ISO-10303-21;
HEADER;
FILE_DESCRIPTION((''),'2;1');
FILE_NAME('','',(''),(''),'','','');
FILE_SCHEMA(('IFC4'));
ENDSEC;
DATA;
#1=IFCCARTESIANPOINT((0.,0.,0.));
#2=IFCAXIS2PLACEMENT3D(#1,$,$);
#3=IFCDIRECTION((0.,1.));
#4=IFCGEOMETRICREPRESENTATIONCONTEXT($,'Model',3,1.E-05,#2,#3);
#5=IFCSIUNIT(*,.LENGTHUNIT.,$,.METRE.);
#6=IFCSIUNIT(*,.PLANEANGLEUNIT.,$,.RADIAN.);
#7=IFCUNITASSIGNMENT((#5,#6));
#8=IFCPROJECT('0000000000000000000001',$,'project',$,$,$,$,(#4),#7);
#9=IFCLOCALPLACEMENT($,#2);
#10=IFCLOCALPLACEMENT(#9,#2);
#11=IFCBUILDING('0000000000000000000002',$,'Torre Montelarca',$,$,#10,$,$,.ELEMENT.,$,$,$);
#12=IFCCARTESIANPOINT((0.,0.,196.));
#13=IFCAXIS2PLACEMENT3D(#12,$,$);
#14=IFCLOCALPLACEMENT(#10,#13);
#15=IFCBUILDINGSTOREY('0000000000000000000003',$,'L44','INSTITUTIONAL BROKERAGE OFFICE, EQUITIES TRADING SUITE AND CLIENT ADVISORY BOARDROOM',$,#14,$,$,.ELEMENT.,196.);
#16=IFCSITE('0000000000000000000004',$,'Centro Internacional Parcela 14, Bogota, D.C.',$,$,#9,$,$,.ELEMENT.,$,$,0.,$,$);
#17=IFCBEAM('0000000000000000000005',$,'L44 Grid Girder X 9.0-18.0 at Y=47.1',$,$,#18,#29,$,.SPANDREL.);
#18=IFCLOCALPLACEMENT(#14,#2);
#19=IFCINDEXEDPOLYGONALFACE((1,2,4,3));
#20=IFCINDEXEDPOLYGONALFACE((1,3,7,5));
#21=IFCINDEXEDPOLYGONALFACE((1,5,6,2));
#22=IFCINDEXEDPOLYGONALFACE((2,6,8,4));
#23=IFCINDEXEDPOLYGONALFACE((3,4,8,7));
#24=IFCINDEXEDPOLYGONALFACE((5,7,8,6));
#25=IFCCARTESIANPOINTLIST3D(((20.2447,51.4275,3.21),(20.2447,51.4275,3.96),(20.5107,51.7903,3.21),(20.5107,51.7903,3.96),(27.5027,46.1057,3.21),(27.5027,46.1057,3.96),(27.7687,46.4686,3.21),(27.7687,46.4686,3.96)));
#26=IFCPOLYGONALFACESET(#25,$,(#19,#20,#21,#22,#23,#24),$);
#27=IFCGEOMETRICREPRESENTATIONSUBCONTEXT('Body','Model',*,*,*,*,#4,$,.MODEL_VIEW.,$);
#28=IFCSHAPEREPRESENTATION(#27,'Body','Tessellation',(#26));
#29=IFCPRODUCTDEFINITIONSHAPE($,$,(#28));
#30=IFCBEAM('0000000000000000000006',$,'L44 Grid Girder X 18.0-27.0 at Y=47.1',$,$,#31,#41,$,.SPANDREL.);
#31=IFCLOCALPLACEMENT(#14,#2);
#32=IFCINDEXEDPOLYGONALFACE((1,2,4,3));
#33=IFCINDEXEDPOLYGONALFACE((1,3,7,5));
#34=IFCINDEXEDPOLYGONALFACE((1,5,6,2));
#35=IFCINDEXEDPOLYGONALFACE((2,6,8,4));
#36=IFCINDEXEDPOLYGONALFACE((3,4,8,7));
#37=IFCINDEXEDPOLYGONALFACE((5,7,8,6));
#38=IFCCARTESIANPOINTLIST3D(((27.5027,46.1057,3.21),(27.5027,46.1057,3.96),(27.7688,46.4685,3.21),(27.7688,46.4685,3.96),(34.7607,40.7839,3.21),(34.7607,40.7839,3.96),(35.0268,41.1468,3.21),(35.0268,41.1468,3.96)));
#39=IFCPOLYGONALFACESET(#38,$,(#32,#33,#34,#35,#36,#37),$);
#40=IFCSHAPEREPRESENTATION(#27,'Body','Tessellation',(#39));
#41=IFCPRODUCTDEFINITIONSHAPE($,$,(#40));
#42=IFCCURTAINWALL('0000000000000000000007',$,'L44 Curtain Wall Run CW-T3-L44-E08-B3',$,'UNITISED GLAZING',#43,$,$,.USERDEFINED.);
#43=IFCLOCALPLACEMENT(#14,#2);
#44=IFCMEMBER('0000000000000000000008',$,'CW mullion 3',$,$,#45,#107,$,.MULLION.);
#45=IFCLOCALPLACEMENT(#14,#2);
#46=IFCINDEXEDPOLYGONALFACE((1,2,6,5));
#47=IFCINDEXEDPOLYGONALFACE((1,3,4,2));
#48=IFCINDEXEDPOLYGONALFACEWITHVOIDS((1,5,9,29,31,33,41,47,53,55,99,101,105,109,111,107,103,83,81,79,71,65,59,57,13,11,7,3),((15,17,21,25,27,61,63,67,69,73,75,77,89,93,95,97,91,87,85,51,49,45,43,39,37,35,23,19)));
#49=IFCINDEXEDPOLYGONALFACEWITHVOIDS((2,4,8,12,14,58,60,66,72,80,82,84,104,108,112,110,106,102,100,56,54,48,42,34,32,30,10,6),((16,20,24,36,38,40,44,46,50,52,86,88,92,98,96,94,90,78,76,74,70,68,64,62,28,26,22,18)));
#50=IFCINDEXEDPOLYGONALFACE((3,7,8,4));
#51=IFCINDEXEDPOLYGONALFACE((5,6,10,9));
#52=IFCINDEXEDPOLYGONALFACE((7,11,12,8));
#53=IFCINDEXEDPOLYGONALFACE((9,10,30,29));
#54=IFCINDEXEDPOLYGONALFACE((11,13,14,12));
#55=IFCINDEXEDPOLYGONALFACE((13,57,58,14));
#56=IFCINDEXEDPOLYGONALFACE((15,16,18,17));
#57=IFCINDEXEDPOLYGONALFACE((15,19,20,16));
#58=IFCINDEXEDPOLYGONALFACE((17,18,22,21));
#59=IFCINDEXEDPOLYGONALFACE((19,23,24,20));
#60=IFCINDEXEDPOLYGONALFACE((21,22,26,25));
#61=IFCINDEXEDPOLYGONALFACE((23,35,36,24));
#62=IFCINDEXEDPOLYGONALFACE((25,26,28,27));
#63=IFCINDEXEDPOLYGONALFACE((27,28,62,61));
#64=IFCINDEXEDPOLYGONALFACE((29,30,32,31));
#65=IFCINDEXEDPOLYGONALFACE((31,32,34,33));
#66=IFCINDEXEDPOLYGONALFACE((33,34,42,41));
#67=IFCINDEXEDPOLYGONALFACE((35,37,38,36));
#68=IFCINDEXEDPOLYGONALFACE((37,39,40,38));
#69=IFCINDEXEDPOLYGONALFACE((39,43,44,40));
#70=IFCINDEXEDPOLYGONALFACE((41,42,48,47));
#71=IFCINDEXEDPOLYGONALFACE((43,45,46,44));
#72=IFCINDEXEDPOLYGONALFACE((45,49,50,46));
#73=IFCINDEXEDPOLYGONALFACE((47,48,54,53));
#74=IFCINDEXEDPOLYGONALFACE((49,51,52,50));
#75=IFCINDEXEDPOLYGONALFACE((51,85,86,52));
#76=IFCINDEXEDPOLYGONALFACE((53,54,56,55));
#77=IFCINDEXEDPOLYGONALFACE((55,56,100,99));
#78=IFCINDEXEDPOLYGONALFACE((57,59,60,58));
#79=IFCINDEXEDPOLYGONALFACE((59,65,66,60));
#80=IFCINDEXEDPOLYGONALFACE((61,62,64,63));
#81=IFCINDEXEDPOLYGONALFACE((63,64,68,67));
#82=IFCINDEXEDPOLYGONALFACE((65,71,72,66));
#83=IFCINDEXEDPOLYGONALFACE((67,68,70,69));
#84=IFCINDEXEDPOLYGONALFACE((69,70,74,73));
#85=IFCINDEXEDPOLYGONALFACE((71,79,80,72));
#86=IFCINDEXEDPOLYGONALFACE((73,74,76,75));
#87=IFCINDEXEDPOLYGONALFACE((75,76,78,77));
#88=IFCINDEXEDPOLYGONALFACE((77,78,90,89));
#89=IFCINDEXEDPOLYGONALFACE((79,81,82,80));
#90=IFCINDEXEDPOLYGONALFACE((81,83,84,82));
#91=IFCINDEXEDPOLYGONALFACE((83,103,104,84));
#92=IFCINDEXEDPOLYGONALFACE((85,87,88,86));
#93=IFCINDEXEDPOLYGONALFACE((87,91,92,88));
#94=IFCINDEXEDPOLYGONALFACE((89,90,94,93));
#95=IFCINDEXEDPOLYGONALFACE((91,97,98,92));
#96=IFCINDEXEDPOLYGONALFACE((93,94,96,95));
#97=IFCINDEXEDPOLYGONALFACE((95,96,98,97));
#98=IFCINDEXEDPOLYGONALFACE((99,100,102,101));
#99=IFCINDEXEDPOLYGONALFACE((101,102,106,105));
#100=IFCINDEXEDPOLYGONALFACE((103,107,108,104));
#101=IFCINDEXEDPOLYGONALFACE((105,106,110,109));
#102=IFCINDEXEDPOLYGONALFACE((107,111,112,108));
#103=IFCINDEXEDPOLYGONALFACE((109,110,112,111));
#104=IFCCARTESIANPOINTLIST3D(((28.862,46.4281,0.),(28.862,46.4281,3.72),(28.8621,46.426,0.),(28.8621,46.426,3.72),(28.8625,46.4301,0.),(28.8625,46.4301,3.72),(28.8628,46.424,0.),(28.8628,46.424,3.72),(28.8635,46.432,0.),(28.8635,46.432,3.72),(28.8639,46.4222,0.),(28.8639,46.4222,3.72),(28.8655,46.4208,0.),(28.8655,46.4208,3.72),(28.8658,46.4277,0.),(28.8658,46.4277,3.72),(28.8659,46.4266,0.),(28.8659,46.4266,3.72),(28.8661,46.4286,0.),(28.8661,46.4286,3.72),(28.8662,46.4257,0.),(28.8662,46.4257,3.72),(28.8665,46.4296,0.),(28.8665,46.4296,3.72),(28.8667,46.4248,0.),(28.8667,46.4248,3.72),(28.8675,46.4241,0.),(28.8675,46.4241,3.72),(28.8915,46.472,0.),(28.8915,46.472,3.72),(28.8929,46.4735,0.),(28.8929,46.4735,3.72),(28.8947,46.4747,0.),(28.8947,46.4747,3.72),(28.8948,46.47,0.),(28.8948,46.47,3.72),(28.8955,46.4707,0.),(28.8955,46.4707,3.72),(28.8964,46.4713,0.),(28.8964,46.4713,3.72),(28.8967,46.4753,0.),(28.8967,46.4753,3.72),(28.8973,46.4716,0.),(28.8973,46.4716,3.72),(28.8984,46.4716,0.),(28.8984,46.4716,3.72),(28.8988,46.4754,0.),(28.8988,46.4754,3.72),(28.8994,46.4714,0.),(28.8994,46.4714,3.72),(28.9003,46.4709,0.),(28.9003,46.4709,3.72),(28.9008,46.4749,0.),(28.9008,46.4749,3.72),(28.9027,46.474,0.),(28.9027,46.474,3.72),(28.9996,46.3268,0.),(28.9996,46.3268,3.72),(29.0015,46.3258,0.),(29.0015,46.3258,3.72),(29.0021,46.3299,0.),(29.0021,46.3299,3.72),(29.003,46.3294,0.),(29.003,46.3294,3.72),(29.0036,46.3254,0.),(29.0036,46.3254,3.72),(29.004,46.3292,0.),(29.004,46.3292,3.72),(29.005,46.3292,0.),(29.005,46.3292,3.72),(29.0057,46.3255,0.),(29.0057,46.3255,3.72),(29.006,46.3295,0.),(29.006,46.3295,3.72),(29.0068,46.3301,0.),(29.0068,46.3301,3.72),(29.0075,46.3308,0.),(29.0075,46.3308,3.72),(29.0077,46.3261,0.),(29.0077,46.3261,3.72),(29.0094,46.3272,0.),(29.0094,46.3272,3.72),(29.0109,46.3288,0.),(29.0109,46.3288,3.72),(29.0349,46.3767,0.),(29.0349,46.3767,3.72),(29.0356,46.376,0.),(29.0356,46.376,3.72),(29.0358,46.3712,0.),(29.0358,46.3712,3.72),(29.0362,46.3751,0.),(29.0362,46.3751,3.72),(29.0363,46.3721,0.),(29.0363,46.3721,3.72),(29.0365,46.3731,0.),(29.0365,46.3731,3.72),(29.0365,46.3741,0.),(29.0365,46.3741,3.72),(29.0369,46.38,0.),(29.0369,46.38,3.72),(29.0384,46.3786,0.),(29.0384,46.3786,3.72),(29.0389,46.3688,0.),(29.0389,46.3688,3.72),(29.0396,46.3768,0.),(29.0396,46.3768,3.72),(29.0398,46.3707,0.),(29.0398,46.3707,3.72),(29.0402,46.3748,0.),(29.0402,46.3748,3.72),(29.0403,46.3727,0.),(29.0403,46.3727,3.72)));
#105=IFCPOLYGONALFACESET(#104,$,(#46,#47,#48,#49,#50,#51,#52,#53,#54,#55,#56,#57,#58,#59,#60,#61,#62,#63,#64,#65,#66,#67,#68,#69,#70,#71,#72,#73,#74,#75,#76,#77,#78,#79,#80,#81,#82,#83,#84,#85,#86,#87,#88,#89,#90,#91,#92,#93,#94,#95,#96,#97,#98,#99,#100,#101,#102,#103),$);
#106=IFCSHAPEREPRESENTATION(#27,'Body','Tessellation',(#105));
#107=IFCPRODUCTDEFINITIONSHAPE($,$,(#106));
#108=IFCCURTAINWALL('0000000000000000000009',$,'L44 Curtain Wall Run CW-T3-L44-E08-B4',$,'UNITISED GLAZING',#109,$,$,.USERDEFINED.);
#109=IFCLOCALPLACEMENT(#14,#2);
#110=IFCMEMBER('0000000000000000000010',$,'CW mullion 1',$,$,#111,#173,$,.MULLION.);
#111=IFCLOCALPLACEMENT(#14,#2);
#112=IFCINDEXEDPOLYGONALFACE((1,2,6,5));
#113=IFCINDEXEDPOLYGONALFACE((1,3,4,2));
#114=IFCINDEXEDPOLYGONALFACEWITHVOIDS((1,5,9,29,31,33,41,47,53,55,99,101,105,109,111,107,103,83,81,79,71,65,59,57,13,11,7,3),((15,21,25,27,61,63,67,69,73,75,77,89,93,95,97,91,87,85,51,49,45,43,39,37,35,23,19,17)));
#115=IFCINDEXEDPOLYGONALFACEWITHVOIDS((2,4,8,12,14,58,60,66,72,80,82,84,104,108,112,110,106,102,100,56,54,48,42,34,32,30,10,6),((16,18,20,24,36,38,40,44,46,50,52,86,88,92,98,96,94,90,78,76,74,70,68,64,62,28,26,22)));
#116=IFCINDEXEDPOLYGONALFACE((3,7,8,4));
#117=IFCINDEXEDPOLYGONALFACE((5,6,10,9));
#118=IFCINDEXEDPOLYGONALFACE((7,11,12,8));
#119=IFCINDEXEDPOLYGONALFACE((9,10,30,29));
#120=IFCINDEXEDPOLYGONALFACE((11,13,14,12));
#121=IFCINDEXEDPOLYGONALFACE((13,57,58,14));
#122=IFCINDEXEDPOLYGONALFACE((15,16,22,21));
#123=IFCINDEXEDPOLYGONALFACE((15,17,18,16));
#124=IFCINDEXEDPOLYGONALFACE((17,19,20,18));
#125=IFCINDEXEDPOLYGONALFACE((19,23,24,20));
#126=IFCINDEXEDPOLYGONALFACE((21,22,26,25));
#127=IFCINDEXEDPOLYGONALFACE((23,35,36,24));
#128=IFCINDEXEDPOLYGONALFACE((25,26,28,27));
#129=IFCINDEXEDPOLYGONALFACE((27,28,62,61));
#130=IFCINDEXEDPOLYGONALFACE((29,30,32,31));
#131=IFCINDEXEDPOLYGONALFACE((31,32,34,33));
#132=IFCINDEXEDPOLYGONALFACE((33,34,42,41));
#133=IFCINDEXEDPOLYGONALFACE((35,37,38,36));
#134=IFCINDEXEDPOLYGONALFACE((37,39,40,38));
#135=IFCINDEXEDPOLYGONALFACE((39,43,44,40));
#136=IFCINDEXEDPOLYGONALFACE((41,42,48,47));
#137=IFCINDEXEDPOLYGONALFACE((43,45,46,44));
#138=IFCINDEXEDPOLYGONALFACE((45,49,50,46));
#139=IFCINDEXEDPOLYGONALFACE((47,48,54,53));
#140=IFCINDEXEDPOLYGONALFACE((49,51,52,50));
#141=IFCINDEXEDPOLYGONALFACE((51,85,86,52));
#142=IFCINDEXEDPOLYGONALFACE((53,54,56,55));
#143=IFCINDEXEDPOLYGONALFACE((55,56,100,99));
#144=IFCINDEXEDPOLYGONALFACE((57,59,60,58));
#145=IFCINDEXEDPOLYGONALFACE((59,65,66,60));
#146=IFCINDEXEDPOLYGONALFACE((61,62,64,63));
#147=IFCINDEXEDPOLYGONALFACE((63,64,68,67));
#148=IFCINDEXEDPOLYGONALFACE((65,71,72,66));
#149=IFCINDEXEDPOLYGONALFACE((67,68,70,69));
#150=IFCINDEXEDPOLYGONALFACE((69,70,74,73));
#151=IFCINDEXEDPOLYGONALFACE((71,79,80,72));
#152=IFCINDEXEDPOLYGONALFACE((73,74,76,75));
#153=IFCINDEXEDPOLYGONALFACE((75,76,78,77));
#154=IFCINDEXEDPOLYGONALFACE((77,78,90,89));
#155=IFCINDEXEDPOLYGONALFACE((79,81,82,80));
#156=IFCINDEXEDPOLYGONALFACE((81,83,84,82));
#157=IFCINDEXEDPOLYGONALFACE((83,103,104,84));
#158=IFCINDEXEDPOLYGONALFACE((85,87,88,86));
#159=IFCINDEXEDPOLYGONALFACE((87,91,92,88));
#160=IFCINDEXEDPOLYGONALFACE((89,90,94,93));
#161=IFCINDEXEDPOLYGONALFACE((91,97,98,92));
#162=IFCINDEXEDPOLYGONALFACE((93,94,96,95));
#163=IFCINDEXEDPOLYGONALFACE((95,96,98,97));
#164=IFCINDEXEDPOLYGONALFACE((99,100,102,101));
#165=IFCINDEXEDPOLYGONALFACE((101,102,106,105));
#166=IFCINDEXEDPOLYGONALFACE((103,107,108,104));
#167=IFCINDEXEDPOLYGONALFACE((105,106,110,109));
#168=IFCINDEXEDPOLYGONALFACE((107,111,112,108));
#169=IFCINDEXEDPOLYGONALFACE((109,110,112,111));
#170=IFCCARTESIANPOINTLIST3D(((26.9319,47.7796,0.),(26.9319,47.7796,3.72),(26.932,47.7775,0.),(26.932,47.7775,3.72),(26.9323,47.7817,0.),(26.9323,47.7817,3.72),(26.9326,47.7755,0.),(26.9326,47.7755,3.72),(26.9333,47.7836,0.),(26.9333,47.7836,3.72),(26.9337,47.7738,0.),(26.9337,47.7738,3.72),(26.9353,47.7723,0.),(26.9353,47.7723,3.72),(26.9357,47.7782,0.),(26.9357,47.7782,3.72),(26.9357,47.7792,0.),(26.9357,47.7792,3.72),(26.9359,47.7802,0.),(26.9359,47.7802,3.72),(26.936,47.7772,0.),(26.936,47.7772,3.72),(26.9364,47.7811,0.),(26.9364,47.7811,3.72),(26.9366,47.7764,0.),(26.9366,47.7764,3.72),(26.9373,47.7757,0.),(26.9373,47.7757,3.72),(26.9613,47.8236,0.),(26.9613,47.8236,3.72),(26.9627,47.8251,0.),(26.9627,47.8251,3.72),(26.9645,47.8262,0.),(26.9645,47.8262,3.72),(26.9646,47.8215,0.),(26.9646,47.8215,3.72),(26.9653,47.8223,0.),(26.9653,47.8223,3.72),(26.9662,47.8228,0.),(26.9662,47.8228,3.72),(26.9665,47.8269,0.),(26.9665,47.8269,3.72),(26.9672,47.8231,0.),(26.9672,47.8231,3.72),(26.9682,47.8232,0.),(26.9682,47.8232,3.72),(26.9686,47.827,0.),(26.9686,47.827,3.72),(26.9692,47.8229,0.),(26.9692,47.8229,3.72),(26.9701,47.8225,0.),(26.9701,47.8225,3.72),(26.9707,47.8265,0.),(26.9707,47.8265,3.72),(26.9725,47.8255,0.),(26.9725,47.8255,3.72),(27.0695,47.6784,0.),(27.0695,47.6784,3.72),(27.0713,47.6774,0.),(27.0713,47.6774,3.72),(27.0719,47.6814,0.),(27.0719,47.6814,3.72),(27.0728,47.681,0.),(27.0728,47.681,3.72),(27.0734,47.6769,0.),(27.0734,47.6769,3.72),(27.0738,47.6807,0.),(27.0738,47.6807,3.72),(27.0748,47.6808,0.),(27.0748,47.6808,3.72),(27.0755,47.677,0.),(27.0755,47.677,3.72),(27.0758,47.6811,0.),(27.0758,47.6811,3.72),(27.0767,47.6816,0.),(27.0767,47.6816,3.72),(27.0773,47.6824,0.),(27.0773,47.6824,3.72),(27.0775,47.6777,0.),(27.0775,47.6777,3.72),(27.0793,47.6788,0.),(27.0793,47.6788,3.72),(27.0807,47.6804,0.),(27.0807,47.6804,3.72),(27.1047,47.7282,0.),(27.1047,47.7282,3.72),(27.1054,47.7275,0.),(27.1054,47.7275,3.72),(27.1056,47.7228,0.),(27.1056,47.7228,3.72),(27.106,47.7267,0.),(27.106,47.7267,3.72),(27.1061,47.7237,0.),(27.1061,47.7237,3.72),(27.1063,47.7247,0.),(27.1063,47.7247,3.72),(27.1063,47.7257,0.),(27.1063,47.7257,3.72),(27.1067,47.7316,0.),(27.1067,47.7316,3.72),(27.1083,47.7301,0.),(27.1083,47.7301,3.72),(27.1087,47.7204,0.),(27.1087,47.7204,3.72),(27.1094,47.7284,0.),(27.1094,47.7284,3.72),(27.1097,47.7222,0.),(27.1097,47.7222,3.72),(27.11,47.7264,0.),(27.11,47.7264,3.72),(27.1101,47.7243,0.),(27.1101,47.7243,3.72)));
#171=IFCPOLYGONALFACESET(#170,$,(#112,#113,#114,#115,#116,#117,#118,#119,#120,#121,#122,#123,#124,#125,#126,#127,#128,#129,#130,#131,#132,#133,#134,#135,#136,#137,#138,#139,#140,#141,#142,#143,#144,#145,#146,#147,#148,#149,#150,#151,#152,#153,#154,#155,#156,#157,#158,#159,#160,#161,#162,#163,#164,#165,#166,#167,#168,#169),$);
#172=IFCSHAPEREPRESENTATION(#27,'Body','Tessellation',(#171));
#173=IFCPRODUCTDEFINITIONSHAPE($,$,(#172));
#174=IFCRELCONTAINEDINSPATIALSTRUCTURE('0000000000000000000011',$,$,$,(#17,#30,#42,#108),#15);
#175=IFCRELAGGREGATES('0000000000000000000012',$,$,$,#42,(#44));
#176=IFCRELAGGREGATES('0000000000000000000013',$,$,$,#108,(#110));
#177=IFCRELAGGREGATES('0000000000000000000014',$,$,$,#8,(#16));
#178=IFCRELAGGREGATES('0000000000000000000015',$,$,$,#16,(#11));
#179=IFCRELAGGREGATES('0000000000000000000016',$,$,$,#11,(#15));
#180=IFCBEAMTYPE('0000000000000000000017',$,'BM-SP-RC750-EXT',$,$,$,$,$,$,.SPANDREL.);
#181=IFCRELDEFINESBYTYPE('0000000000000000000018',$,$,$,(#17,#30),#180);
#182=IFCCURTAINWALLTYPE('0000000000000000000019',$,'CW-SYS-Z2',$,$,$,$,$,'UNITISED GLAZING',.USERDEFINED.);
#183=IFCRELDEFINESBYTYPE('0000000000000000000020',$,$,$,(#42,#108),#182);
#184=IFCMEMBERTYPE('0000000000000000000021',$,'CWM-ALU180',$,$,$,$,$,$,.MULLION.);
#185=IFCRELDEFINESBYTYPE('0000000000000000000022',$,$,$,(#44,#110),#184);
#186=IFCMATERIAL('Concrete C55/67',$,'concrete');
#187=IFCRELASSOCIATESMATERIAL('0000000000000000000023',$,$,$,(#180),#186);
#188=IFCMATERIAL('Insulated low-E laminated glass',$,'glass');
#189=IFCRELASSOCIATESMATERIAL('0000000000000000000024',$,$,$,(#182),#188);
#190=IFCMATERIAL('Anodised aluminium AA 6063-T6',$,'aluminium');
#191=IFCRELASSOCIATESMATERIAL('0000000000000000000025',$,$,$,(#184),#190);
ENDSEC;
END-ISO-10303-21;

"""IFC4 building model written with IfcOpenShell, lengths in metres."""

from ifc_helpers import new_model, si_unit, direction, frame, origin, origin_2d, place, context, subcontext, project, spatial, rectangle, hollow_rectangle, extrude, source, transform, mapped, material, material_profile, profile_set, type_object, element, aggregate, save


model = new_model("IFC4")

# Units and contexts
model_context = context("Model", 3, precision=1e-05, world=origin(), true_north=direction((0.0, 1.0)))
body_context = subcontext(model_context, "Body", "Model", "MODEL_VIEW")
ifc_project = project(units=[si_unit("LENGTHUNIT", "METRE"), si_unit("PLANEANGLEUNIT", "RADIAN")], contexts=[model_context])

# Site, building, storey
site_placement = place(None, origin())
site = spatial("IfcSite", under=ifc_project, at=site_placement, Name="Centro Internacional Parcela 14, Bogota, D.C.", CompositionType="ELEMENT", RefElevation=0.0)
building_placement = place(site_placement, origin())
building = spatial("IfcBuilding", under=site, at=building_placement, Name="Torre Montelarca", CompositionType="ELEMENT")
storey_placement = place(building_placement, frame((0.0, 0.0, 196.0)))
storey = spatial("IfcBuildingStorey", under=building, at=storey_placement, Name="L44", Description="INSTITUTIONAL BROKERAGE OFFICE, EQUITIES TRADING SUITE AND CLIENT ADVISORY BOARDROOM", CompositionType="ELEMENT", Elevation=196.0)

# Shared definitions
ifc_material_1 = material(Name="Concrete C55/67", Category="concrete")

# Beams
ifc_material_profile_1 = material_profile(ifc_material_1, rectangle(XDim=0.45, YDim=0.75, at=origin_2d()), Name="RCB450X750", Category="concrete")
ifc_profile_set_1 = profile_set([ifc_material_profile_1], Name="Concrete C55/67")
beam_type = type_object("IfcBeamType", Name="BM-SP-RC750-EXT", PredefinedType="SPANDREL", material=ifc_profile_set_1)
shared_shape_1 = source(origin(), body_context, "Body", "SweptSolid", [
    extrude(rectangle(XDim=0.45, YDim=0.75, at=origin_2d()), origin(), (0.0, 0.0, 1.0), 9.0),
])
for number, where, z_axis, x_axis, name in (
    (1, (20.3777, 51.6089, 3.585), (0.806447, -0.591306, 0.0), (0.591306, 0.806447, 0.0), "L44 Grid Girder X 9.0-18.0 at Y=47.1"),
    (2, (27.6357, 46.2871, 3.585), (0.806447, -0.591306, 0.0), (0.591306, 0.806447, 0.0), "L44 Grid Girder X 18.0-27.0 at Y=47.1"),
):
    element("IfcBeam", number, at=place(storey_placement, frame(where, z_axis=z_axis, x_axis=x_axis)), inside=storey, type_object=beam_type, Name=name, PredefinedType="SPANDREL", context=body_context, shape_type="MappedRepresentation", body=[
        mapped(shared_shape_1, transform((0.0, 0.0, 0.0), scale=1.0)),
    ])

# Curtain wall, member
ifc_material_2 = material(Name="Insulated low-E laminated glass", Category="glass")
curtain_wall_type = type_object("IfcCurtainWallType", Name="CW-SYS-Z2", ElementType="UNITISED GLAZING", PredefinedType="USERDEFINED", material=ifc_material_2)
curtain_wall_1_placement = place(storey_placement, origin())
curtain_wall_1 = element("IfcCurtainWall", 3, at=curtain_wall_1_placement, inside=storey, type_object=curtain_wall_type, Name="L44 Curtain Wall Run CW-T3-L44-E08-B3", ObjectType="UNITISED GLAZING", PredefinedType="USERDEFINED")
ifc_material_3 = material(Name="Anodised aluminium AA 6063-T6", Category="aluminium")
ifc_material_profile_2 = material_profile(ifc_material_3, hollow_rectangle(XDim=0.0649, YDim=0.1799, WallThickness=0.0039, InnerFilletRadius=0.0039, OuterFilletRadius=0.0081, at=origin_2d()), Name="ALU65X180X4", Category="aluminium")
ifc_profile_set_2 = profile_set([ifc_material_profile_2], Name="Anodised aluminium AA 6063-T6")
member_type_1 = type_object("IfcMemberType", Name="CWM-ALU180", PredefinedType="MULLION", material=ifc_profile_set_2)
shared_shape_2 = source(origin(), body_context, "Body", "SweptSolid", [
    extrude(hollow_rectangle(XDim=0.0649, YDim=0.1799, WallThickness=0.0039, InnerFilletRadius=0.0039, OuterFilletRadius=0.0081, at=origin_2d()), origin(), (0.0, 0.0, 1.0), 3.72),
])
member_1_placement = place(storey_placement, frame((28.9512, 46.4004, 0.0), z_axis=(0.0, 0.0, 1.0), x_axis=(-0.573574, -0.819153, 0.0)))
member_1 = element("IfcMember", 4, at=member_1_placement, type_object=member_type_1, Name="CW mullion 3", PredefinedType="MULLION", context=body_context, shape_type="MappedRepresentation", body=[
    mapped(shared_shape_2, transform((0.0, 0.0, 0.0), scale=1.0)),
])

# Curtain wall, member
curtain_wall_2_placement = place(storey_placement, origin())
curtain_wall_2 = element("IfcCurtainWall", 5, at=curtain_wall_2_placement, inside=storey, type_object=curtain_wall_type, Name="L44 Curtain Wall Run CW-T3-L44-E08-B4", ObjectType="UNITISED GLAZING", PredefinedType="USERDEFINED")
member_2_placement = place(storey_placement, frame((27.021, 47.752, 0.0), z_axis=(0.0, 0.0, 1.0), x_axis=(-0.573573, -0.819154, 0.0)))
member_2 = element("IfcMember", 6, at=member_2_placement, type_object=member_type_1, Name="CW mullion 1", PredefinedType="MULLION", context=body_context, shape_type="MappedRepresentation", body=[
    mapped(shared_shape_2, transform((0.0, 0.0, 0.0), scale=1.0)),
])

aggregate(curtain_wall_1, [member_1])
aggregate(curtain_wall_2, [member_2])

save(model, "model.ifc")
